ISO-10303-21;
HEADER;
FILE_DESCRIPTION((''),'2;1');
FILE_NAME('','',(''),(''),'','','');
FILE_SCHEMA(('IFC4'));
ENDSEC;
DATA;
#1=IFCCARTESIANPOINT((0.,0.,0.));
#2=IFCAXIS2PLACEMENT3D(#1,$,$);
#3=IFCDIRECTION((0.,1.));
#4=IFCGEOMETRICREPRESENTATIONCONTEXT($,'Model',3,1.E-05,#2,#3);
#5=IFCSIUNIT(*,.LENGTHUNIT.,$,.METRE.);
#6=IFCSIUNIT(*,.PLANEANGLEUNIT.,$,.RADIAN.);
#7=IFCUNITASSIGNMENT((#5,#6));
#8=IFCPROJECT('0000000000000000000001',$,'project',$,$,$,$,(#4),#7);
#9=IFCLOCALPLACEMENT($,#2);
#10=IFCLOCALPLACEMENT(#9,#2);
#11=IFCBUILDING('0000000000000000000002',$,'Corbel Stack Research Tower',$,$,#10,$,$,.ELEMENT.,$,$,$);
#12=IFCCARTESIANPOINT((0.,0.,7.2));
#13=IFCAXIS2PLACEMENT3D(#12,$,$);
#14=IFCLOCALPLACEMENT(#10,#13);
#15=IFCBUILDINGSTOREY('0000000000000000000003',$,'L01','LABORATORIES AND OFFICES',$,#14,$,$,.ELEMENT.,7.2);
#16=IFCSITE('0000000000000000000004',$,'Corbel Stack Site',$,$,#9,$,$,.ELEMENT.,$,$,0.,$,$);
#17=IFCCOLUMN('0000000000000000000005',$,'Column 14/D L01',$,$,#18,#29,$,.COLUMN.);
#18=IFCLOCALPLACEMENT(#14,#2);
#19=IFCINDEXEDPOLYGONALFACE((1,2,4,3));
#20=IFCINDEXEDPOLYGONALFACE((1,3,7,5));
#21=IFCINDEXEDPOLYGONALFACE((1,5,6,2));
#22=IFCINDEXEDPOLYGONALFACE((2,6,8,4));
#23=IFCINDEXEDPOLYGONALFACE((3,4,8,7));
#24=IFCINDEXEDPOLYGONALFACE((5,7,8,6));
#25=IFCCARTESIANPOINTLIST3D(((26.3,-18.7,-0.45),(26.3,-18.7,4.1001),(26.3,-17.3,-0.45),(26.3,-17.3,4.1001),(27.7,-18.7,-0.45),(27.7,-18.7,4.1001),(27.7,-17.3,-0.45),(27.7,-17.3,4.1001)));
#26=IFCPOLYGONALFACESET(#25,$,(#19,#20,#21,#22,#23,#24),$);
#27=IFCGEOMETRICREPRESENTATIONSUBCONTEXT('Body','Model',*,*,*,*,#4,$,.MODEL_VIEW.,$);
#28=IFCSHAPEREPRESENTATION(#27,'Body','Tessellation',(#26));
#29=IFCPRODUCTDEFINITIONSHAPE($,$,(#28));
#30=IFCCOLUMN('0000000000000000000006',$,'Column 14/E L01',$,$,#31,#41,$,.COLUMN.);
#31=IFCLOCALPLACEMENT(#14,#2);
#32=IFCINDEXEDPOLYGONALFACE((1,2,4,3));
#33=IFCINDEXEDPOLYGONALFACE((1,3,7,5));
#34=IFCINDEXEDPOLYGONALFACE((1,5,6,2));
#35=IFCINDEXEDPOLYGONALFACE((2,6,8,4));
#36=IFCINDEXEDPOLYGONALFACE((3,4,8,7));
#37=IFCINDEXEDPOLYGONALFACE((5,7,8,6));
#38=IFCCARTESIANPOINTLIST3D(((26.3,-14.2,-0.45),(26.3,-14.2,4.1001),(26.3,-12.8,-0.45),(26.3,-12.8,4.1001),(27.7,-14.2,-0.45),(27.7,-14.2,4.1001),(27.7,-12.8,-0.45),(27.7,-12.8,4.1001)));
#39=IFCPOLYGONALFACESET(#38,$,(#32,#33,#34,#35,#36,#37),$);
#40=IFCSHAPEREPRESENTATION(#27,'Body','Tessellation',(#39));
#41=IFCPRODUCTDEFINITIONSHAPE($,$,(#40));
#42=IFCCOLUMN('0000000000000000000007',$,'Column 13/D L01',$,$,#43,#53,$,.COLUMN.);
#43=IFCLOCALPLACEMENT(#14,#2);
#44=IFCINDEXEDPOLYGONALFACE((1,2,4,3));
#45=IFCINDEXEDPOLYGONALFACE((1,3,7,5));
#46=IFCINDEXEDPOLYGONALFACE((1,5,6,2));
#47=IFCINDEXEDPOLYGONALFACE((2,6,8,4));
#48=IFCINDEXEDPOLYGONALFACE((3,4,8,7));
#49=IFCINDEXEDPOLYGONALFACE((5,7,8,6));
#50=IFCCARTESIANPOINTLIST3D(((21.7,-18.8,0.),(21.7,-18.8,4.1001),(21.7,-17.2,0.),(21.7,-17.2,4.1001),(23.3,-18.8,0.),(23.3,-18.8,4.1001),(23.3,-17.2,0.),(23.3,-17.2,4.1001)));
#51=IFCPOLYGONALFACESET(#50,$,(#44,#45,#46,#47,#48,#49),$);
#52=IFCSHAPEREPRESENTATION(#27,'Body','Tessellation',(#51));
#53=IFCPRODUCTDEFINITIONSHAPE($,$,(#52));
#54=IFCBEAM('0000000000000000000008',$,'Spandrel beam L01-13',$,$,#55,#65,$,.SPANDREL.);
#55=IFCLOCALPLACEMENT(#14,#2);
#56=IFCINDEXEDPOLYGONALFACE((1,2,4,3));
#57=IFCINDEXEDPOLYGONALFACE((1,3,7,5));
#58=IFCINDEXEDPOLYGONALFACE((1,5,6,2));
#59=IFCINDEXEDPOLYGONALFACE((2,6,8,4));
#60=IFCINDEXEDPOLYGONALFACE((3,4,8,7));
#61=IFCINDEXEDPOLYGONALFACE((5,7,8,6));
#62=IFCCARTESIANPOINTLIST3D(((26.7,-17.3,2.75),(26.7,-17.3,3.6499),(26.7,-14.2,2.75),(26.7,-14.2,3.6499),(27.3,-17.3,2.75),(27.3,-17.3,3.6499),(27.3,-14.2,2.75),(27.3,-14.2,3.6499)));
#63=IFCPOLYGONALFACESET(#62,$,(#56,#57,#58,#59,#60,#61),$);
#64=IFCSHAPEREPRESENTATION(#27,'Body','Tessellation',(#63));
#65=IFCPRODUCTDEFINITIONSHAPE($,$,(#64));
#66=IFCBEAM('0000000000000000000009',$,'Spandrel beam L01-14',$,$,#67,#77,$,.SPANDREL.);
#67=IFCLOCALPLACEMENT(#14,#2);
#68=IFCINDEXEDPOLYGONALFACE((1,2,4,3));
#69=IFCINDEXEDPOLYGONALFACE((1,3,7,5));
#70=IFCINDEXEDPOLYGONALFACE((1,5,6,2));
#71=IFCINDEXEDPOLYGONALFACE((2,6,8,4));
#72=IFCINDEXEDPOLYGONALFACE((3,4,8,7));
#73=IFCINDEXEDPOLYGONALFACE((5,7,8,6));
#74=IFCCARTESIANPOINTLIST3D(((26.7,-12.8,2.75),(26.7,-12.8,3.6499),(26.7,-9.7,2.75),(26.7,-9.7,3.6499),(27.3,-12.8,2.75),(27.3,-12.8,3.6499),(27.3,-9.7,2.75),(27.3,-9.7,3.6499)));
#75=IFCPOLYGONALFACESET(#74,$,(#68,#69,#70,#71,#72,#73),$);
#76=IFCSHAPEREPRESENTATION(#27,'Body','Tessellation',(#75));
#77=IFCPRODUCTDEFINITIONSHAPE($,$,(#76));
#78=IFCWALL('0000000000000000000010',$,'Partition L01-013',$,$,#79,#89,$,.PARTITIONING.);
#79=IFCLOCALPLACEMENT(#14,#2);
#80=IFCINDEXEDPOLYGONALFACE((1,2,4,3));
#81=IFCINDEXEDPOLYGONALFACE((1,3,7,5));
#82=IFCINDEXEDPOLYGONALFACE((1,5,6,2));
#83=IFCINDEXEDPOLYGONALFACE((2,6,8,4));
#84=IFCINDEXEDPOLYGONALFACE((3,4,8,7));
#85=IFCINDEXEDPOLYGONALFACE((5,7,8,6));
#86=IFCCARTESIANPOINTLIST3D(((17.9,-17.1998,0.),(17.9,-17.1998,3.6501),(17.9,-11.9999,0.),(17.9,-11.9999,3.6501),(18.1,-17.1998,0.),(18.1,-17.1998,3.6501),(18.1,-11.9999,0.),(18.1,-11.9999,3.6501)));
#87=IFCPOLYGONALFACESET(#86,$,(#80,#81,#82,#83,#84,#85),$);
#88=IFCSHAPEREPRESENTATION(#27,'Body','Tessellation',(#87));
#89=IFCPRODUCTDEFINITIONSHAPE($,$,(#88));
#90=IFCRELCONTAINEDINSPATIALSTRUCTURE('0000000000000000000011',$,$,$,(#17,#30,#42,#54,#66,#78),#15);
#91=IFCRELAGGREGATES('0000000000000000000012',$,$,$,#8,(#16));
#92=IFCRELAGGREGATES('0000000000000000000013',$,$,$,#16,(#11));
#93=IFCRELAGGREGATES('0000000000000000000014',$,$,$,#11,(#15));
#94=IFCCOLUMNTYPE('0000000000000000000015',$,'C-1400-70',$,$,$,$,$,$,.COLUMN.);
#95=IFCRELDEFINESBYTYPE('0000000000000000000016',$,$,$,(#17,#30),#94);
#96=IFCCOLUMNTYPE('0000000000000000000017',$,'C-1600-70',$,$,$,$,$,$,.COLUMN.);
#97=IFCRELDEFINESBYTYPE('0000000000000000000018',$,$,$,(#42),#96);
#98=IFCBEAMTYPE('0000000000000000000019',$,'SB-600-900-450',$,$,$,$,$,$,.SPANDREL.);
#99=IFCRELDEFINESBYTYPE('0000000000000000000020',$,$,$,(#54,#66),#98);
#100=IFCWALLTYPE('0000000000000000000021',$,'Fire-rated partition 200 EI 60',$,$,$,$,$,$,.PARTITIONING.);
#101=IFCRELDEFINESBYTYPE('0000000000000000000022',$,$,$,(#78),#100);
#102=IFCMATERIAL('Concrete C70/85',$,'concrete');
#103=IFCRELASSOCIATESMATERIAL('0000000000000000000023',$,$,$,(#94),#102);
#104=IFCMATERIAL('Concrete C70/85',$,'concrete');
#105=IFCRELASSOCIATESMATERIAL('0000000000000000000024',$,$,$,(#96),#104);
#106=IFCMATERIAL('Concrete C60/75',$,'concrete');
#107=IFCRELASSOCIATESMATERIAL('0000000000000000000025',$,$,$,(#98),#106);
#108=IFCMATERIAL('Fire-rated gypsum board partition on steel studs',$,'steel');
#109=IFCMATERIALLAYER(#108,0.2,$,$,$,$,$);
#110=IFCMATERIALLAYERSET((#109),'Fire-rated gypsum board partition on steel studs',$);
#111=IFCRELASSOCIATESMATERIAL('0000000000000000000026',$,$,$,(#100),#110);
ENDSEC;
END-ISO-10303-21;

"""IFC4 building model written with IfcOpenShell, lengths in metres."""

from ifc_helpers import new_model, si_unit, direction, frame, frame_2d, origin, origin_2d, place, context, subcontext, project, spatial, rectangle, extrude, material, layer, layer_set, material_profile, profile_set, type_object, element, save


model = new_model("IFC4")

# Units and contexts
model_context = context("Model", 3, precision=1e-05, world=origin(), true_north=direction((0.0, 1.0)))
body_context = subcontext(model_context, "Body", "Model", "MODEL_VIEW")
ifc_project = project(units=[si_unit("LENGTHUNIT", "METRE"), si_unit("PLANEANGLEUNIT", "RADIAN")], contexts=[model_context])

# Site, building, storey
site_placement = place(None, origin())
site = spatial("IfcSite", under=ifc_project, at=site_placement, Name="Corbel Stack Site", CompositionType="ELEMENT", RefElevation=0.0)
building_placement = place(site_placement, origin())
building = spatial("IfcBuilding", under=site, at=building_placement, Name="Corbel Stack Research Tower", CompositionType="ELEMENT")
storey_placement = place(building_placement, frame((0.0, 0.0, 7.2)))
storey = spatial("IfcBuildingStorey", under=building, at=storey_placement, Name="L01", Description="LABORATORIES AND OFFICES", CompositionType="ELEMENT", Elevation=7.2)

# Columns
ifc_material_1 = material(Name="Concrete C70/85", Category="concrete")
ifc_material_profile_1 = material_profile(ifc_material_1, rectangle(XDim=1.3999, YDim=1.3999, at=origin_2d()), Name="RC 1400 x 1400")
ifc_profile_set_1 = profile_set([ifc_material_profile_1], Name="Concrete C70/85")
column_type_1 = type_object("IfcColumnType", Name="C-1400-70", PredefinedType="COLUMN", material=ifc_profile_set_1)
for number, where, z_axis, x_axis, name in (
    (1, (27.0, -18.0, -0.45), (0.0, 0.0, 1.0), (1.0, 0.0, 0.0), "Column 14/D L01"),
    (2, (27.0, -13.5, -0.45), (0.0, 0.0, 1.0), (1.0, 0.0, 0.0), "Column 14/E L01"),
):
    element("IfcColumn", number, at=place(storey_placement, frame(where, z_axis=z_axis, x_axis=x_axis)), inside=storey, type_object=column_type_1, Name=name, PredefinedType="COLUMN", context=body_context, shape_type="SweptSolid", body=[
        extrude(rectangle(XDim=1.3999, YDim=1.3999, at=origin_2d()), origin(), (0.0, 0.0, 1.0), 4.55),
    ])
ifc_material_2 = material(Name="Concrete C70/85", Category="concrete")
ifc_material_profile_2 = material_profile(ifc_material_2, rectangle(XDim=1.6001, YDim=1.6001, at=origin_2d()), Name="RC 1600 x 1600")
ifc_profile_set_2 = profile_set([ifc_material_profile_2], Name="Concrete C70/85")
column_type_2 = type_object("IfcColumnType", Name="C-1600-70", PredefinedType="COLUMN", material=ifc_profile_set_2)
column_placement = place(storey_placement, frame((22.5, -18.0, 0.0), z_axis=(0.0, 0.0, 1.0), x_axis=(1.0, 0.0, 0.0)))
element("IfcColumn", 3, at=column_placement, inside=storey, type_object=column_type_2, Name="Column 13/D L01", PredefinedType="COLUMN", context=body_context, shape_type="SweptSolid", body=[
    extrude(rectangle(XDim=1.6001, YDim=1.6001, at=origin_2d()), origin(), (0.0, 0.0, 1.0), 4.1001),
])

# Beams
ifc_material_3 = material(Name="Concrete C60/75", Category="concrete")
ifc_material_profile_3 = material_profile(ifc_material_3, rectangle(XDim=0.6001, YDim=0.8999, at=origin_2d()), Name="RC 600 x 900")
ifc_profile_set_3 = profile_set([ifc_material_profile_3], Name="Concrete C60/75")
beam_type = type_object("IfcBeamType", Name="SB-600-900-450", PredefinedType="SPANDREL", material=ifc_profile_set_3)
for number, where, z_axis, x_axis, name in (
    (4, (27.0, -17.3, 3.2), (0.0, 1.0, 0.0), (-1.0, 0.0, 0.0), "Spandrel beam L01-13"),
    (5, (27.0, -12.8, 3.2), (0.0, 1.0, 0.0), (-1.0, 0.0, 0.0), "Spandrel beam L01-14"),
):
    element("IfcBeam", number, at=place(storey_placement, frame(where, z_axis=z_axis, x_axis=x_axis)), inside=storey, type_object=beam_type, Name=name, PredefinedType="SPANDREL", context=body_context, shape_type="SweptSolid", body=[
        extrude(rectangle(XDim=0.6001, YDim=0.8999, at=origin_2d()), origin(), (0.0, 0.0, 1.0), 3.1001),
    ])

# Wall
ifc_material_4 = material(Name="Fire-rated gypsum board partition on steel studs", Category="steel")
ifc_layer_1 = layer(ifc_material_4, 0.2)
ifc_layer_set_1 = layer_set([ifc_layer_1], Name="Fire-rated gypsum board partition on steel studs")
wall_type_1 = type_object("IfcWallType", Name="Fire-rated partition 200 EI 60", PredefinedType="PARTITIONING", material=ifc_layer_set_1)
wall_1_placement = place(storey_placement, frame((18.0, -17.2, 0.0), z_axis=(0.0, 0.0, 1.0), x_axis=(0.0, 1.0, 0.0)))
element("IfcWall", 6, at=wall_1_placement, inside=storey, type_object=wall_type_1, Name="Partition L01-013", PredefinedType="PARTITIONING", context=body_context, shape_type="SweptSolid", body=[
    extrude(rectangle(XDim=5.2, YDim=0.2, at=frame_2d((2.6001, 0.0))), origin(), (0.0, 0.0, 1.0), 3.6501),
])

save(model, "model.ifc")
